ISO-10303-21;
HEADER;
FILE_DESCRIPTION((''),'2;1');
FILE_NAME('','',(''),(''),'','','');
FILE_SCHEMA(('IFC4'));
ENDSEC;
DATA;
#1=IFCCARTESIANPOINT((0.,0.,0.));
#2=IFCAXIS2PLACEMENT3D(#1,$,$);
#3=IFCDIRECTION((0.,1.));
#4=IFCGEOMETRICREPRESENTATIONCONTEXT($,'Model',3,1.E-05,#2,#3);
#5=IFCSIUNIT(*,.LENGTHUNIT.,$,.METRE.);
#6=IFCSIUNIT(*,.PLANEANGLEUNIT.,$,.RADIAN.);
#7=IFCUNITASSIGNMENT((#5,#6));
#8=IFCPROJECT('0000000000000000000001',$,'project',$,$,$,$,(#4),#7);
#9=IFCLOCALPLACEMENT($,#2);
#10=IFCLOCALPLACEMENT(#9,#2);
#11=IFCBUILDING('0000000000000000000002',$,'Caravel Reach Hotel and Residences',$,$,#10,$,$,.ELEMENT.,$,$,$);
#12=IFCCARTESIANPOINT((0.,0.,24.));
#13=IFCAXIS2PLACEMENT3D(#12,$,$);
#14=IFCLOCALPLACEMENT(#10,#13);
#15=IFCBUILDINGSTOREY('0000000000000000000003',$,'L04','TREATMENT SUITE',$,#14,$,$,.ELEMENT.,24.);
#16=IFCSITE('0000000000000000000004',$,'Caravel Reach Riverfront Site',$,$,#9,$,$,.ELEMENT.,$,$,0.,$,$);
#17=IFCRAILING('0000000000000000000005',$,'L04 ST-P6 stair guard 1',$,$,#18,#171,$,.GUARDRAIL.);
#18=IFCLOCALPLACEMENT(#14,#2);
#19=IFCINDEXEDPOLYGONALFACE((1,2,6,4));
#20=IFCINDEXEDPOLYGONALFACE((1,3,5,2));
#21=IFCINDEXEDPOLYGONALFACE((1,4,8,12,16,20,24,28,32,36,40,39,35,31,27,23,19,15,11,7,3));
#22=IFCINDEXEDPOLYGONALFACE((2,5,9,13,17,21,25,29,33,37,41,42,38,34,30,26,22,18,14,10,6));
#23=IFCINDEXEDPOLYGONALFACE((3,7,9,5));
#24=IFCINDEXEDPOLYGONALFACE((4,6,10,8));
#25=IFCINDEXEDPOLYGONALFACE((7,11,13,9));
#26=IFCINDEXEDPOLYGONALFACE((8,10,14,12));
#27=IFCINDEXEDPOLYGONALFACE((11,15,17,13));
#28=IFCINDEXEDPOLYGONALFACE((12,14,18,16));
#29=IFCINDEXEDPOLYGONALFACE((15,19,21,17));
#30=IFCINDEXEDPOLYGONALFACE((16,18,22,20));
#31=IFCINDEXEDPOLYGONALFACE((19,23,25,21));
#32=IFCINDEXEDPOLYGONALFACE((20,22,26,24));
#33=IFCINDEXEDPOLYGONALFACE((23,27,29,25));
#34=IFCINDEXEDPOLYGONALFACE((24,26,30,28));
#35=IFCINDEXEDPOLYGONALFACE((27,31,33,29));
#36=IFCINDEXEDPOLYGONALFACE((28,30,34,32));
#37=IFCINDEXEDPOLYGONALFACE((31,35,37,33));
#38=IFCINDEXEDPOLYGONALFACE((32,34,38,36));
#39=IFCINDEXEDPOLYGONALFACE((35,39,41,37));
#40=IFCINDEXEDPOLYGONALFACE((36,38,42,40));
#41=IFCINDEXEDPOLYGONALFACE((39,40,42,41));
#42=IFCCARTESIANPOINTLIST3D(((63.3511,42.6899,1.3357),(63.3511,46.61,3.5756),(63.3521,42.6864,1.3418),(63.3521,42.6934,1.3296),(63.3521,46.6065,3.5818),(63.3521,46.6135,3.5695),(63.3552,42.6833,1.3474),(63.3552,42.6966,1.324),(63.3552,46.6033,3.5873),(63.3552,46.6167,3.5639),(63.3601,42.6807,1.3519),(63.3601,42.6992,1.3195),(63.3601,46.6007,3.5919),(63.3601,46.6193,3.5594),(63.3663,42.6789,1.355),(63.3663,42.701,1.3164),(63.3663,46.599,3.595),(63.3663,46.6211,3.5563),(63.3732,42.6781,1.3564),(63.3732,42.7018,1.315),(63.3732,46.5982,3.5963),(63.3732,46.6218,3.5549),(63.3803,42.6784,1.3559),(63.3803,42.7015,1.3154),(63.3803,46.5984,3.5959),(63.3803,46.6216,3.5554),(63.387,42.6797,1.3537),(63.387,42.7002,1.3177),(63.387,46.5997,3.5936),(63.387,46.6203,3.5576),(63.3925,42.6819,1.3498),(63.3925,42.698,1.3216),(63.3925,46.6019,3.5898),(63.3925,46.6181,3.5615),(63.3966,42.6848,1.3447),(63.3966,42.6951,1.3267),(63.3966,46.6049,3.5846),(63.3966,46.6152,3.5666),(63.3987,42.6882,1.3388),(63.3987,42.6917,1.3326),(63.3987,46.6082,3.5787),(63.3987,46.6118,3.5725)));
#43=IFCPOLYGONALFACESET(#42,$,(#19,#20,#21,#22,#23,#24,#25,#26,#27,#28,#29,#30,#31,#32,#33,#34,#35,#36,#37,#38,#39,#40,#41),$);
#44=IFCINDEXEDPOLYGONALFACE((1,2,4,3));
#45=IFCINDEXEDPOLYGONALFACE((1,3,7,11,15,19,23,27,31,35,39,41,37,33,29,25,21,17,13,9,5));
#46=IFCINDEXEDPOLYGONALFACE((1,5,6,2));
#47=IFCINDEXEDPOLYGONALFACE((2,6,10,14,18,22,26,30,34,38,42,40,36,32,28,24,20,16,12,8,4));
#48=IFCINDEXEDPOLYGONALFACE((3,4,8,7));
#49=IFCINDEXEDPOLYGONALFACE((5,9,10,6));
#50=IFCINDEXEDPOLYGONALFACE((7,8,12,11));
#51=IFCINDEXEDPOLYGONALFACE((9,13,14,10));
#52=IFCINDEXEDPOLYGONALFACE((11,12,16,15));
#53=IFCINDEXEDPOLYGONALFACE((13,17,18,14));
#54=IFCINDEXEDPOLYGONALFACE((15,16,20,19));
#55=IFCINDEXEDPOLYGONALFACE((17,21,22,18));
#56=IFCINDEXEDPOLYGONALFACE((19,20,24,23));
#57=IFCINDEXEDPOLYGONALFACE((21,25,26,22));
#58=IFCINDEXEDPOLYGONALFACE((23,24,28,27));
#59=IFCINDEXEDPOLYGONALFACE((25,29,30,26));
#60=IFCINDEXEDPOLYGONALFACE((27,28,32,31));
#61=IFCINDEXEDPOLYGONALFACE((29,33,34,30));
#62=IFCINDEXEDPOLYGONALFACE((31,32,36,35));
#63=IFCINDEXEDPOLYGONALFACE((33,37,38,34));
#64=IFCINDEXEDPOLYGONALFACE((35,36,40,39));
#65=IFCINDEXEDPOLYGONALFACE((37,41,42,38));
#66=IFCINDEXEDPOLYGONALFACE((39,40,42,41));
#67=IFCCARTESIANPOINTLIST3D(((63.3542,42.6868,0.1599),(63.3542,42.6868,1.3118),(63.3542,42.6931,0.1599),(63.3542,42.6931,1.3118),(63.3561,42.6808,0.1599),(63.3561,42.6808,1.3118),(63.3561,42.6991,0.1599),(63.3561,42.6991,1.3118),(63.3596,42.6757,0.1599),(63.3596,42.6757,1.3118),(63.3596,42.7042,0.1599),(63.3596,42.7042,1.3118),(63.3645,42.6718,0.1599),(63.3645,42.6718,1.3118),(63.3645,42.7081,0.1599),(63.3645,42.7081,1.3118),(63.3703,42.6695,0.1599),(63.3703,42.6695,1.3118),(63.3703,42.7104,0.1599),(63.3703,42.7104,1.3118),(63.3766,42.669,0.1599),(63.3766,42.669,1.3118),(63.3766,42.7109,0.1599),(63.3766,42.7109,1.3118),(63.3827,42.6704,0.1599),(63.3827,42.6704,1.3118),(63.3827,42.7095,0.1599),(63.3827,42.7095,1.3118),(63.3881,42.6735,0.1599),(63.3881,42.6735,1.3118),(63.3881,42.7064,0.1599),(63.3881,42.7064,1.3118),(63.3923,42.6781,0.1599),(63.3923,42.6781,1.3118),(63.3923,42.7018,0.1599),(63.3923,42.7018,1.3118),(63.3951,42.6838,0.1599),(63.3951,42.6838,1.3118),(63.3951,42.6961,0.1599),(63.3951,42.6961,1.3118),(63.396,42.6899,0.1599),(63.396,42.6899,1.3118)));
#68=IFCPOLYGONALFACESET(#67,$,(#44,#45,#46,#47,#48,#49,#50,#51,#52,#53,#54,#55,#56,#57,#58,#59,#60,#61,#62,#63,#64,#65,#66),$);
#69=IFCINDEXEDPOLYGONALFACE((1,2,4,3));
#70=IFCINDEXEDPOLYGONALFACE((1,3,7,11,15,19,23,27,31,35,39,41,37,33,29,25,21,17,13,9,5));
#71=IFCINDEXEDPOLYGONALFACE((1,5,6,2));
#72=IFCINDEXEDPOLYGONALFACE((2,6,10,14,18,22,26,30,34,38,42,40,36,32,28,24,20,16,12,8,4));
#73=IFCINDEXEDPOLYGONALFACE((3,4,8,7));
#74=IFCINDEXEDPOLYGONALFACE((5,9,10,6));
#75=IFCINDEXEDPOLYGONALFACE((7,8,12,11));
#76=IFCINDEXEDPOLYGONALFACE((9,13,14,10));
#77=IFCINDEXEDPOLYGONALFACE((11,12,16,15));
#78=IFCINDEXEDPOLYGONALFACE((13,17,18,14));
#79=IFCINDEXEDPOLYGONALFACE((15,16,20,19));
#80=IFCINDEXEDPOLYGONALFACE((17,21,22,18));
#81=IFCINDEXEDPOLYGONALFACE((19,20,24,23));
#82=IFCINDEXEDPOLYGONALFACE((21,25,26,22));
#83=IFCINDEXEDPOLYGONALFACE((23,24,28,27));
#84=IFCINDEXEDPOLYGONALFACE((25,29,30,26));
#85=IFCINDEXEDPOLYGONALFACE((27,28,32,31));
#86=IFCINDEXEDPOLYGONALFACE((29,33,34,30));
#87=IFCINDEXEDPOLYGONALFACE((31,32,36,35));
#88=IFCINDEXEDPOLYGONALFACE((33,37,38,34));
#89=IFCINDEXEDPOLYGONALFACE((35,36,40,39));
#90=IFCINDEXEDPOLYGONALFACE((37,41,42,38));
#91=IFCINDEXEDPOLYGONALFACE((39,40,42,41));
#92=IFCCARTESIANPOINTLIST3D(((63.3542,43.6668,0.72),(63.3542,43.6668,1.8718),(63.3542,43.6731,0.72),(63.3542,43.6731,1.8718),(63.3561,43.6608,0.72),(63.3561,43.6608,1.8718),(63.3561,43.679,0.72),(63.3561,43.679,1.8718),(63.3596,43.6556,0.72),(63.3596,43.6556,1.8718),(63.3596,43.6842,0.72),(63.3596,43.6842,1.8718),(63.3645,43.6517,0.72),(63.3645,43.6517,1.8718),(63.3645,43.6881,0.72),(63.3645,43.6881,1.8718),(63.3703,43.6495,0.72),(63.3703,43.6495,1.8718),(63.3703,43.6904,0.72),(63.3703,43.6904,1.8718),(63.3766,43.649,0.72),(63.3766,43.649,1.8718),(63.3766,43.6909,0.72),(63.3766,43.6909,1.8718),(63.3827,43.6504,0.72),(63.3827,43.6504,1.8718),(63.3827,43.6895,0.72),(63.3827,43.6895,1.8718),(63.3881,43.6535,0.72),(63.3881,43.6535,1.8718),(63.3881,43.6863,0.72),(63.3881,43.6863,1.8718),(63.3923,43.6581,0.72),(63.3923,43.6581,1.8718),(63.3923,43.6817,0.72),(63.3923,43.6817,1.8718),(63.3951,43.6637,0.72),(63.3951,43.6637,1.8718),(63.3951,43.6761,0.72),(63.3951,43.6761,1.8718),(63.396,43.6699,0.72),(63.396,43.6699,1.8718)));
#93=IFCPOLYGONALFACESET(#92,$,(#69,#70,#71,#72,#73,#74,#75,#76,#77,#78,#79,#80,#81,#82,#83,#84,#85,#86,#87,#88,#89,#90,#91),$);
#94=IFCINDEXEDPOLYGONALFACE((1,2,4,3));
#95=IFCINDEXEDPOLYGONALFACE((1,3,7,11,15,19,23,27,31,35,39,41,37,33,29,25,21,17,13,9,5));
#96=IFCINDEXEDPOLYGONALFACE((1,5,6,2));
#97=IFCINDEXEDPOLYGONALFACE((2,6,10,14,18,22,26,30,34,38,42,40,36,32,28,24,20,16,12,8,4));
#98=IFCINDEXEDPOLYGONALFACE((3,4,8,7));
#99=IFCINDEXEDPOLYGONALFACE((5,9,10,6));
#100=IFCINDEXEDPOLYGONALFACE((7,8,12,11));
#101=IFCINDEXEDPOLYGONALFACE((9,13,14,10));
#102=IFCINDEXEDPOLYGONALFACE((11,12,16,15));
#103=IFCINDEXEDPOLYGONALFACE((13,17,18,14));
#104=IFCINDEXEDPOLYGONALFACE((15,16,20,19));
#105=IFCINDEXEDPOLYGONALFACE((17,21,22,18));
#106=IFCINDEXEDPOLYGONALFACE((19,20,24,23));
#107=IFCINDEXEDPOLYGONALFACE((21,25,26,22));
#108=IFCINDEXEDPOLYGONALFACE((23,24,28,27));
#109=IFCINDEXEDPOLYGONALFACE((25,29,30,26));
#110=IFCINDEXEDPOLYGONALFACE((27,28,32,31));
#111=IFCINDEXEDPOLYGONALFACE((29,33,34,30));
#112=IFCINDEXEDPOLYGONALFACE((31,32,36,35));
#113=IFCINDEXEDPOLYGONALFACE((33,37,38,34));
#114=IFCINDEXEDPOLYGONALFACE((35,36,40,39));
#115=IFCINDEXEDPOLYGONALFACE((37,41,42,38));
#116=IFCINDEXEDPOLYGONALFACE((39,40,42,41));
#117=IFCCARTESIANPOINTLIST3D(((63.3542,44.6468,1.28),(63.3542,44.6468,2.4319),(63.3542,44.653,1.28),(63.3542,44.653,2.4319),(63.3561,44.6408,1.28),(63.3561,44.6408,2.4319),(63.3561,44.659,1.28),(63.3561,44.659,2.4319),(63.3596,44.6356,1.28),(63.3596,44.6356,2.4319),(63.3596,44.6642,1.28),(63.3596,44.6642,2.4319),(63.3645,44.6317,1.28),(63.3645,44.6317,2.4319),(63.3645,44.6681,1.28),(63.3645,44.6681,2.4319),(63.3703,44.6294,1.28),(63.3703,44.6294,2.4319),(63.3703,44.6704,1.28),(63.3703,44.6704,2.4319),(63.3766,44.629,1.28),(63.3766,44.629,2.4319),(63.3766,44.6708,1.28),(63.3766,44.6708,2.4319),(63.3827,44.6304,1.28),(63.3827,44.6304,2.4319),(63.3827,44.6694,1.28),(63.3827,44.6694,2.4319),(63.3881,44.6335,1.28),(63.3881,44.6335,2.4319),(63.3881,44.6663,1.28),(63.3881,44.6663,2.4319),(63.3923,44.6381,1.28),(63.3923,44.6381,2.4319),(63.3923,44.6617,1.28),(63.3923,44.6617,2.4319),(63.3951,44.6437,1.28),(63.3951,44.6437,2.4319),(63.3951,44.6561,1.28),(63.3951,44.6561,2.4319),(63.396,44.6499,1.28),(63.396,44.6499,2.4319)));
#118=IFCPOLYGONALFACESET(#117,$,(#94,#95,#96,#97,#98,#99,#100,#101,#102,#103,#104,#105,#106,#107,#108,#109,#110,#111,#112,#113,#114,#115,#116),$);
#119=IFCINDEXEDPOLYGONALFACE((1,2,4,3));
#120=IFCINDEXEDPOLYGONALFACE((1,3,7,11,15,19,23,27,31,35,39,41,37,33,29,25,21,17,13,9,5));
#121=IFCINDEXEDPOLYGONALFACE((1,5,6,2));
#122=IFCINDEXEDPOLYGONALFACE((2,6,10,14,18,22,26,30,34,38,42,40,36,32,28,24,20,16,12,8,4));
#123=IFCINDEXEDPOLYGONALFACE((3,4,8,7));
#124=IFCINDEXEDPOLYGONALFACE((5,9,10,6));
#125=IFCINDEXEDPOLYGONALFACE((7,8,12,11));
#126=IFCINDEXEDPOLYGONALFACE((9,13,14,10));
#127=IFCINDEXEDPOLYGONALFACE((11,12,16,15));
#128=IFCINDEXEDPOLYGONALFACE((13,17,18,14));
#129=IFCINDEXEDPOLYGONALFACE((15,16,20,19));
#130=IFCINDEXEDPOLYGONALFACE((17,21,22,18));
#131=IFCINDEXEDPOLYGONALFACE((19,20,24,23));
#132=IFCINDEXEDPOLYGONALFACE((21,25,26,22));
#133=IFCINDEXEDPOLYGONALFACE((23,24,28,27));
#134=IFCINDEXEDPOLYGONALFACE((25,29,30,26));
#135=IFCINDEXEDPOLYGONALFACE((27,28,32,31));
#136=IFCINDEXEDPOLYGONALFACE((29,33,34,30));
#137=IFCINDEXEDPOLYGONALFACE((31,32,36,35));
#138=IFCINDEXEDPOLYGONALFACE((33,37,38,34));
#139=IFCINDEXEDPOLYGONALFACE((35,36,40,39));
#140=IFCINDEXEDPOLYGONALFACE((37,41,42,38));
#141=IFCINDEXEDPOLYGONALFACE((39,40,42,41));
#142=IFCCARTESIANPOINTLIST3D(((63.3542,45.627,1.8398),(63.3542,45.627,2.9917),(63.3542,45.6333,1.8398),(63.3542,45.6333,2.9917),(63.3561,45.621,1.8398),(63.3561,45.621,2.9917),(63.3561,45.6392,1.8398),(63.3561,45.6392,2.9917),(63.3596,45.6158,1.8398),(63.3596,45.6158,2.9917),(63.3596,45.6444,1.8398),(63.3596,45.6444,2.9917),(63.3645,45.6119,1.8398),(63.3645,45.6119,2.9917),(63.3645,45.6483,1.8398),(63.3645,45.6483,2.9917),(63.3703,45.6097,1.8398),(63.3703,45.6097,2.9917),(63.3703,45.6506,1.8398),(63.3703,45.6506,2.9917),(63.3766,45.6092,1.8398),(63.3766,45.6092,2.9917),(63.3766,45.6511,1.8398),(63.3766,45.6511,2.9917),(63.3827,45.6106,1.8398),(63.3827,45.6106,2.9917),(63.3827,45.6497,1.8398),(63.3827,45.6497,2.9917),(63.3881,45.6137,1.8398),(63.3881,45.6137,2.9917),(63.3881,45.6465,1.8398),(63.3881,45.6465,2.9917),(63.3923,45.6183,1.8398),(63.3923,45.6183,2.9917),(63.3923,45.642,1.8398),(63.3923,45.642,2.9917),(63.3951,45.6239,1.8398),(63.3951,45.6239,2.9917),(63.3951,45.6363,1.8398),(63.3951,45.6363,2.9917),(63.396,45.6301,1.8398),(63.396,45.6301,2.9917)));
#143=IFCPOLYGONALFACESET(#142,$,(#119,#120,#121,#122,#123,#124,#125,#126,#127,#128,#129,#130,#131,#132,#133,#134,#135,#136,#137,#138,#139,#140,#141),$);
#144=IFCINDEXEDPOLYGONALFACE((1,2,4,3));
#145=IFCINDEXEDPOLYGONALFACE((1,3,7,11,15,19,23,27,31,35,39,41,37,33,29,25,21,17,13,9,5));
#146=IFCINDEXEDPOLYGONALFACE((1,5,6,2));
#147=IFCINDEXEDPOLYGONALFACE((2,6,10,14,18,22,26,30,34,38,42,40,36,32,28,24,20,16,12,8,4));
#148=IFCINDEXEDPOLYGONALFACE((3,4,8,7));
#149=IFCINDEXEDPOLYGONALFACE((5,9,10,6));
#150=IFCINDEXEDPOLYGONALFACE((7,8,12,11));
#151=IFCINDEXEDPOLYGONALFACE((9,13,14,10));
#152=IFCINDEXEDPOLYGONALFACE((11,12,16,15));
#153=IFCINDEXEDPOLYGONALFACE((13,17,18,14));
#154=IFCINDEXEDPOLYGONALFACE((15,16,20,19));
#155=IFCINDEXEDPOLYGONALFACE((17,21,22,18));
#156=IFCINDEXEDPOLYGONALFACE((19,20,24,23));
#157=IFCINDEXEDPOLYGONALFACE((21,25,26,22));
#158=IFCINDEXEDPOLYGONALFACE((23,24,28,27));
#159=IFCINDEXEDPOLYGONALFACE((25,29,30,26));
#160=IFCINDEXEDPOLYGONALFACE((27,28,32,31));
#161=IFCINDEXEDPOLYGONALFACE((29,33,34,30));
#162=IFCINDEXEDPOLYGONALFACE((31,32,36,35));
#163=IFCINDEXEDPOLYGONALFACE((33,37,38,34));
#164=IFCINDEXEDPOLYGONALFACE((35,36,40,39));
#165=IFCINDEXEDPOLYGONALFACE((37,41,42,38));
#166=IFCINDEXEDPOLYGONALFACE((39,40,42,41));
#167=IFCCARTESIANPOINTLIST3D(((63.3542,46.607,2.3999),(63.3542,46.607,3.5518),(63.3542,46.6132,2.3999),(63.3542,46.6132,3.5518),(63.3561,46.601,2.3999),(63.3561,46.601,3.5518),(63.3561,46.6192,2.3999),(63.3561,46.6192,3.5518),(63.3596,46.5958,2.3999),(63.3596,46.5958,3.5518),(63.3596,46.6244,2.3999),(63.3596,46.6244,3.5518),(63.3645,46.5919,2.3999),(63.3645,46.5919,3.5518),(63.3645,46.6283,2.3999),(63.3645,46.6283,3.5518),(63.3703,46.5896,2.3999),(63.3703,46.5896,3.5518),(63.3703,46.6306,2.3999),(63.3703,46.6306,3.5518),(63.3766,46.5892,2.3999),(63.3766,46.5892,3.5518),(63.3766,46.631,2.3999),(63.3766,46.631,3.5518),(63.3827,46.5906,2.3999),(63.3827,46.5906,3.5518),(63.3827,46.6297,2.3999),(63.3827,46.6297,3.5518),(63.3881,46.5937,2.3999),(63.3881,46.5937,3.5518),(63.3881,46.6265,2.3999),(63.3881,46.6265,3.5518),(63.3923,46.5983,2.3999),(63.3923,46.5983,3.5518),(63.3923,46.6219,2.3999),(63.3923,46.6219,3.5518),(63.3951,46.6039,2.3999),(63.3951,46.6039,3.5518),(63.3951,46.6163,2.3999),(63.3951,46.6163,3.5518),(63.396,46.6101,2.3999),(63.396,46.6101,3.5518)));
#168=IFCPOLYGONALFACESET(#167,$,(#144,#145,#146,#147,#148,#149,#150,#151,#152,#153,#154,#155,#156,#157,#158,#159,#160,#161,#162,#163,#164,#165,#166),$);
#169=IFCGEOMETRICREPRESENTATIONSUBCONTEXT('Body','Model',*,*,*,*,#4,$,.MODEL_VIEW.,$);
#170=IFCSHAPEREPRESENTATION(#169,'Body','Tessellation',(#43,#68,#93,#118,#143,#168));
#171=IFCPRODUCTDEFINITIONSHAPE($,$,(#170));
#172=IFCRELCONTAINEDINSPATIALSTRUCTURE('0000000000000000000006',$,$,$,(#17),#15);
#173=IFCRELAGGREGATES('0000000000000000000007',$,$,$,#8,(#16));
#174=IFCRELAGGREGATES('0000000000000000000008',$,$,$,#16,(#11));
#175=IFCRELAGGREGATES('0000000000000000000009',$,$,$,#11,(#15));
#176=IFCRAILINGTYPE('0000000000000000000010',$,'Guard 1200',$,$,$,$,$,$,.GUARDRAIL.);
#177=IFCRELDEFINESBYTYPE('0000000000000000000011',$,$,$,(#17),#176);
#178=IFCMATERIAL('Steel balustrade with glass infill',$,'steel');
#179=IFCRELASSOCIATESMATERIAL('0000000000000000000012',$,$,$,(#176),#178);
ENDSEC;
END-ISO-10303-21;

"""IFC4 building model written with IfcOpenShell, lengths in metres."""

from ifc_helpers import new_model, si_unit, direction, frame, origin, origin_2d, place, context, subcontext, project, spatial, circle, extrude, material, type_object, element, save


model = new_model("IFC4")

# Units and contexts
model_context = context("Model", 3, precision=1e-05, world=origin(), true_north=direction((0.0, 1.0)))
body_context = subcontext(model_context, "Body", "Model", "MODEL_VIEW")
ifc_project = project(units=[si_unit("LENGTHUNIT", "METRE"), si_unit("PLANEANGLEUNIT", "RADIAN")], contexts=[model_context])

# Site, building, storey
site_placement = place(None, origin())
site = spatial("IfcSite", under=ifc_project, at=site_placement, Name="Caravel Reach Riverfront Site", CompositionType="ELEMENT", RefElevation=0.0)
building_placement = place(site_placement, origin())
building = spatial("IfcBuilding", under=site, at=building_placement, Name="Caravel Reach Hotel and Residences", CompositionType="ELEMENT")
storey_placement = place(building_placement, frame((0.0, 0.0, 24.0)))
storey = spatial("IfcBuildingStorey", under=building, at=storey_placement, Name="L04", Description="TREATMENT SUITE", CompositionType="ELEMENT", Elevation=24.0)

# Railing
ifc_material_1 = material(Name="Steel balustrade with glass infill", Category="steel")
railing_type_1 = type_object("IfcRailingType", Name="Guard 1200", PredefinedType="GUARDRAIL", material=ifc_material_1)
railing_1_placement = place(storey_placement, frame((63.375, 42.6899, 0.1599)))
element("IfcRailing", 1, at=railing_1_placement, inside=storey, type_object=railing_type_1, Name="L04 ST-P6 stair guard 1", PredefinedType="GUARDRAIL", context=body_context, shape_type="SweptSolid", body=[
    extrude(circle(Radius=0.0239, at=origin_2d()), frame((0.0, 0.0, 1.1758), z_axis=(0.0, 0.868253, 0.496121), x_axis=(-1.0, 0.0, 0.0)), (0.0, 0.0, 1.0), 4.5149),
    extrude(circle(Radius=0.021, at=origin_2d()), origin(), (0.0, 0.0, 1.0), 1.1519),
    extrude(circle(Radius=0.021, at=origin_2d()), frame((0.0, 0.98, 0.5601)), (0.0, 0.0, 1.0), 1.1519),
    extrude(circle(Radius=0.021, at=origin_2d()), frame((0.0, 1.96, 1.1201)), (0.0, 0.0, 1.0), 1.1519),
    extrude(circle(Radius=0.021, at=origin_2d()), frame((0.0, 2.9402, 1.6799)), (0.0, 0.0, 1.0), 1.1519),
    extrude(circle(Radius=0.021, at=origin_2d()), frame((0.0, 3.9202, 2.24)), (0.0, 0.0, 1.0), 1.1519),
])

save(model, "model.ifc")
